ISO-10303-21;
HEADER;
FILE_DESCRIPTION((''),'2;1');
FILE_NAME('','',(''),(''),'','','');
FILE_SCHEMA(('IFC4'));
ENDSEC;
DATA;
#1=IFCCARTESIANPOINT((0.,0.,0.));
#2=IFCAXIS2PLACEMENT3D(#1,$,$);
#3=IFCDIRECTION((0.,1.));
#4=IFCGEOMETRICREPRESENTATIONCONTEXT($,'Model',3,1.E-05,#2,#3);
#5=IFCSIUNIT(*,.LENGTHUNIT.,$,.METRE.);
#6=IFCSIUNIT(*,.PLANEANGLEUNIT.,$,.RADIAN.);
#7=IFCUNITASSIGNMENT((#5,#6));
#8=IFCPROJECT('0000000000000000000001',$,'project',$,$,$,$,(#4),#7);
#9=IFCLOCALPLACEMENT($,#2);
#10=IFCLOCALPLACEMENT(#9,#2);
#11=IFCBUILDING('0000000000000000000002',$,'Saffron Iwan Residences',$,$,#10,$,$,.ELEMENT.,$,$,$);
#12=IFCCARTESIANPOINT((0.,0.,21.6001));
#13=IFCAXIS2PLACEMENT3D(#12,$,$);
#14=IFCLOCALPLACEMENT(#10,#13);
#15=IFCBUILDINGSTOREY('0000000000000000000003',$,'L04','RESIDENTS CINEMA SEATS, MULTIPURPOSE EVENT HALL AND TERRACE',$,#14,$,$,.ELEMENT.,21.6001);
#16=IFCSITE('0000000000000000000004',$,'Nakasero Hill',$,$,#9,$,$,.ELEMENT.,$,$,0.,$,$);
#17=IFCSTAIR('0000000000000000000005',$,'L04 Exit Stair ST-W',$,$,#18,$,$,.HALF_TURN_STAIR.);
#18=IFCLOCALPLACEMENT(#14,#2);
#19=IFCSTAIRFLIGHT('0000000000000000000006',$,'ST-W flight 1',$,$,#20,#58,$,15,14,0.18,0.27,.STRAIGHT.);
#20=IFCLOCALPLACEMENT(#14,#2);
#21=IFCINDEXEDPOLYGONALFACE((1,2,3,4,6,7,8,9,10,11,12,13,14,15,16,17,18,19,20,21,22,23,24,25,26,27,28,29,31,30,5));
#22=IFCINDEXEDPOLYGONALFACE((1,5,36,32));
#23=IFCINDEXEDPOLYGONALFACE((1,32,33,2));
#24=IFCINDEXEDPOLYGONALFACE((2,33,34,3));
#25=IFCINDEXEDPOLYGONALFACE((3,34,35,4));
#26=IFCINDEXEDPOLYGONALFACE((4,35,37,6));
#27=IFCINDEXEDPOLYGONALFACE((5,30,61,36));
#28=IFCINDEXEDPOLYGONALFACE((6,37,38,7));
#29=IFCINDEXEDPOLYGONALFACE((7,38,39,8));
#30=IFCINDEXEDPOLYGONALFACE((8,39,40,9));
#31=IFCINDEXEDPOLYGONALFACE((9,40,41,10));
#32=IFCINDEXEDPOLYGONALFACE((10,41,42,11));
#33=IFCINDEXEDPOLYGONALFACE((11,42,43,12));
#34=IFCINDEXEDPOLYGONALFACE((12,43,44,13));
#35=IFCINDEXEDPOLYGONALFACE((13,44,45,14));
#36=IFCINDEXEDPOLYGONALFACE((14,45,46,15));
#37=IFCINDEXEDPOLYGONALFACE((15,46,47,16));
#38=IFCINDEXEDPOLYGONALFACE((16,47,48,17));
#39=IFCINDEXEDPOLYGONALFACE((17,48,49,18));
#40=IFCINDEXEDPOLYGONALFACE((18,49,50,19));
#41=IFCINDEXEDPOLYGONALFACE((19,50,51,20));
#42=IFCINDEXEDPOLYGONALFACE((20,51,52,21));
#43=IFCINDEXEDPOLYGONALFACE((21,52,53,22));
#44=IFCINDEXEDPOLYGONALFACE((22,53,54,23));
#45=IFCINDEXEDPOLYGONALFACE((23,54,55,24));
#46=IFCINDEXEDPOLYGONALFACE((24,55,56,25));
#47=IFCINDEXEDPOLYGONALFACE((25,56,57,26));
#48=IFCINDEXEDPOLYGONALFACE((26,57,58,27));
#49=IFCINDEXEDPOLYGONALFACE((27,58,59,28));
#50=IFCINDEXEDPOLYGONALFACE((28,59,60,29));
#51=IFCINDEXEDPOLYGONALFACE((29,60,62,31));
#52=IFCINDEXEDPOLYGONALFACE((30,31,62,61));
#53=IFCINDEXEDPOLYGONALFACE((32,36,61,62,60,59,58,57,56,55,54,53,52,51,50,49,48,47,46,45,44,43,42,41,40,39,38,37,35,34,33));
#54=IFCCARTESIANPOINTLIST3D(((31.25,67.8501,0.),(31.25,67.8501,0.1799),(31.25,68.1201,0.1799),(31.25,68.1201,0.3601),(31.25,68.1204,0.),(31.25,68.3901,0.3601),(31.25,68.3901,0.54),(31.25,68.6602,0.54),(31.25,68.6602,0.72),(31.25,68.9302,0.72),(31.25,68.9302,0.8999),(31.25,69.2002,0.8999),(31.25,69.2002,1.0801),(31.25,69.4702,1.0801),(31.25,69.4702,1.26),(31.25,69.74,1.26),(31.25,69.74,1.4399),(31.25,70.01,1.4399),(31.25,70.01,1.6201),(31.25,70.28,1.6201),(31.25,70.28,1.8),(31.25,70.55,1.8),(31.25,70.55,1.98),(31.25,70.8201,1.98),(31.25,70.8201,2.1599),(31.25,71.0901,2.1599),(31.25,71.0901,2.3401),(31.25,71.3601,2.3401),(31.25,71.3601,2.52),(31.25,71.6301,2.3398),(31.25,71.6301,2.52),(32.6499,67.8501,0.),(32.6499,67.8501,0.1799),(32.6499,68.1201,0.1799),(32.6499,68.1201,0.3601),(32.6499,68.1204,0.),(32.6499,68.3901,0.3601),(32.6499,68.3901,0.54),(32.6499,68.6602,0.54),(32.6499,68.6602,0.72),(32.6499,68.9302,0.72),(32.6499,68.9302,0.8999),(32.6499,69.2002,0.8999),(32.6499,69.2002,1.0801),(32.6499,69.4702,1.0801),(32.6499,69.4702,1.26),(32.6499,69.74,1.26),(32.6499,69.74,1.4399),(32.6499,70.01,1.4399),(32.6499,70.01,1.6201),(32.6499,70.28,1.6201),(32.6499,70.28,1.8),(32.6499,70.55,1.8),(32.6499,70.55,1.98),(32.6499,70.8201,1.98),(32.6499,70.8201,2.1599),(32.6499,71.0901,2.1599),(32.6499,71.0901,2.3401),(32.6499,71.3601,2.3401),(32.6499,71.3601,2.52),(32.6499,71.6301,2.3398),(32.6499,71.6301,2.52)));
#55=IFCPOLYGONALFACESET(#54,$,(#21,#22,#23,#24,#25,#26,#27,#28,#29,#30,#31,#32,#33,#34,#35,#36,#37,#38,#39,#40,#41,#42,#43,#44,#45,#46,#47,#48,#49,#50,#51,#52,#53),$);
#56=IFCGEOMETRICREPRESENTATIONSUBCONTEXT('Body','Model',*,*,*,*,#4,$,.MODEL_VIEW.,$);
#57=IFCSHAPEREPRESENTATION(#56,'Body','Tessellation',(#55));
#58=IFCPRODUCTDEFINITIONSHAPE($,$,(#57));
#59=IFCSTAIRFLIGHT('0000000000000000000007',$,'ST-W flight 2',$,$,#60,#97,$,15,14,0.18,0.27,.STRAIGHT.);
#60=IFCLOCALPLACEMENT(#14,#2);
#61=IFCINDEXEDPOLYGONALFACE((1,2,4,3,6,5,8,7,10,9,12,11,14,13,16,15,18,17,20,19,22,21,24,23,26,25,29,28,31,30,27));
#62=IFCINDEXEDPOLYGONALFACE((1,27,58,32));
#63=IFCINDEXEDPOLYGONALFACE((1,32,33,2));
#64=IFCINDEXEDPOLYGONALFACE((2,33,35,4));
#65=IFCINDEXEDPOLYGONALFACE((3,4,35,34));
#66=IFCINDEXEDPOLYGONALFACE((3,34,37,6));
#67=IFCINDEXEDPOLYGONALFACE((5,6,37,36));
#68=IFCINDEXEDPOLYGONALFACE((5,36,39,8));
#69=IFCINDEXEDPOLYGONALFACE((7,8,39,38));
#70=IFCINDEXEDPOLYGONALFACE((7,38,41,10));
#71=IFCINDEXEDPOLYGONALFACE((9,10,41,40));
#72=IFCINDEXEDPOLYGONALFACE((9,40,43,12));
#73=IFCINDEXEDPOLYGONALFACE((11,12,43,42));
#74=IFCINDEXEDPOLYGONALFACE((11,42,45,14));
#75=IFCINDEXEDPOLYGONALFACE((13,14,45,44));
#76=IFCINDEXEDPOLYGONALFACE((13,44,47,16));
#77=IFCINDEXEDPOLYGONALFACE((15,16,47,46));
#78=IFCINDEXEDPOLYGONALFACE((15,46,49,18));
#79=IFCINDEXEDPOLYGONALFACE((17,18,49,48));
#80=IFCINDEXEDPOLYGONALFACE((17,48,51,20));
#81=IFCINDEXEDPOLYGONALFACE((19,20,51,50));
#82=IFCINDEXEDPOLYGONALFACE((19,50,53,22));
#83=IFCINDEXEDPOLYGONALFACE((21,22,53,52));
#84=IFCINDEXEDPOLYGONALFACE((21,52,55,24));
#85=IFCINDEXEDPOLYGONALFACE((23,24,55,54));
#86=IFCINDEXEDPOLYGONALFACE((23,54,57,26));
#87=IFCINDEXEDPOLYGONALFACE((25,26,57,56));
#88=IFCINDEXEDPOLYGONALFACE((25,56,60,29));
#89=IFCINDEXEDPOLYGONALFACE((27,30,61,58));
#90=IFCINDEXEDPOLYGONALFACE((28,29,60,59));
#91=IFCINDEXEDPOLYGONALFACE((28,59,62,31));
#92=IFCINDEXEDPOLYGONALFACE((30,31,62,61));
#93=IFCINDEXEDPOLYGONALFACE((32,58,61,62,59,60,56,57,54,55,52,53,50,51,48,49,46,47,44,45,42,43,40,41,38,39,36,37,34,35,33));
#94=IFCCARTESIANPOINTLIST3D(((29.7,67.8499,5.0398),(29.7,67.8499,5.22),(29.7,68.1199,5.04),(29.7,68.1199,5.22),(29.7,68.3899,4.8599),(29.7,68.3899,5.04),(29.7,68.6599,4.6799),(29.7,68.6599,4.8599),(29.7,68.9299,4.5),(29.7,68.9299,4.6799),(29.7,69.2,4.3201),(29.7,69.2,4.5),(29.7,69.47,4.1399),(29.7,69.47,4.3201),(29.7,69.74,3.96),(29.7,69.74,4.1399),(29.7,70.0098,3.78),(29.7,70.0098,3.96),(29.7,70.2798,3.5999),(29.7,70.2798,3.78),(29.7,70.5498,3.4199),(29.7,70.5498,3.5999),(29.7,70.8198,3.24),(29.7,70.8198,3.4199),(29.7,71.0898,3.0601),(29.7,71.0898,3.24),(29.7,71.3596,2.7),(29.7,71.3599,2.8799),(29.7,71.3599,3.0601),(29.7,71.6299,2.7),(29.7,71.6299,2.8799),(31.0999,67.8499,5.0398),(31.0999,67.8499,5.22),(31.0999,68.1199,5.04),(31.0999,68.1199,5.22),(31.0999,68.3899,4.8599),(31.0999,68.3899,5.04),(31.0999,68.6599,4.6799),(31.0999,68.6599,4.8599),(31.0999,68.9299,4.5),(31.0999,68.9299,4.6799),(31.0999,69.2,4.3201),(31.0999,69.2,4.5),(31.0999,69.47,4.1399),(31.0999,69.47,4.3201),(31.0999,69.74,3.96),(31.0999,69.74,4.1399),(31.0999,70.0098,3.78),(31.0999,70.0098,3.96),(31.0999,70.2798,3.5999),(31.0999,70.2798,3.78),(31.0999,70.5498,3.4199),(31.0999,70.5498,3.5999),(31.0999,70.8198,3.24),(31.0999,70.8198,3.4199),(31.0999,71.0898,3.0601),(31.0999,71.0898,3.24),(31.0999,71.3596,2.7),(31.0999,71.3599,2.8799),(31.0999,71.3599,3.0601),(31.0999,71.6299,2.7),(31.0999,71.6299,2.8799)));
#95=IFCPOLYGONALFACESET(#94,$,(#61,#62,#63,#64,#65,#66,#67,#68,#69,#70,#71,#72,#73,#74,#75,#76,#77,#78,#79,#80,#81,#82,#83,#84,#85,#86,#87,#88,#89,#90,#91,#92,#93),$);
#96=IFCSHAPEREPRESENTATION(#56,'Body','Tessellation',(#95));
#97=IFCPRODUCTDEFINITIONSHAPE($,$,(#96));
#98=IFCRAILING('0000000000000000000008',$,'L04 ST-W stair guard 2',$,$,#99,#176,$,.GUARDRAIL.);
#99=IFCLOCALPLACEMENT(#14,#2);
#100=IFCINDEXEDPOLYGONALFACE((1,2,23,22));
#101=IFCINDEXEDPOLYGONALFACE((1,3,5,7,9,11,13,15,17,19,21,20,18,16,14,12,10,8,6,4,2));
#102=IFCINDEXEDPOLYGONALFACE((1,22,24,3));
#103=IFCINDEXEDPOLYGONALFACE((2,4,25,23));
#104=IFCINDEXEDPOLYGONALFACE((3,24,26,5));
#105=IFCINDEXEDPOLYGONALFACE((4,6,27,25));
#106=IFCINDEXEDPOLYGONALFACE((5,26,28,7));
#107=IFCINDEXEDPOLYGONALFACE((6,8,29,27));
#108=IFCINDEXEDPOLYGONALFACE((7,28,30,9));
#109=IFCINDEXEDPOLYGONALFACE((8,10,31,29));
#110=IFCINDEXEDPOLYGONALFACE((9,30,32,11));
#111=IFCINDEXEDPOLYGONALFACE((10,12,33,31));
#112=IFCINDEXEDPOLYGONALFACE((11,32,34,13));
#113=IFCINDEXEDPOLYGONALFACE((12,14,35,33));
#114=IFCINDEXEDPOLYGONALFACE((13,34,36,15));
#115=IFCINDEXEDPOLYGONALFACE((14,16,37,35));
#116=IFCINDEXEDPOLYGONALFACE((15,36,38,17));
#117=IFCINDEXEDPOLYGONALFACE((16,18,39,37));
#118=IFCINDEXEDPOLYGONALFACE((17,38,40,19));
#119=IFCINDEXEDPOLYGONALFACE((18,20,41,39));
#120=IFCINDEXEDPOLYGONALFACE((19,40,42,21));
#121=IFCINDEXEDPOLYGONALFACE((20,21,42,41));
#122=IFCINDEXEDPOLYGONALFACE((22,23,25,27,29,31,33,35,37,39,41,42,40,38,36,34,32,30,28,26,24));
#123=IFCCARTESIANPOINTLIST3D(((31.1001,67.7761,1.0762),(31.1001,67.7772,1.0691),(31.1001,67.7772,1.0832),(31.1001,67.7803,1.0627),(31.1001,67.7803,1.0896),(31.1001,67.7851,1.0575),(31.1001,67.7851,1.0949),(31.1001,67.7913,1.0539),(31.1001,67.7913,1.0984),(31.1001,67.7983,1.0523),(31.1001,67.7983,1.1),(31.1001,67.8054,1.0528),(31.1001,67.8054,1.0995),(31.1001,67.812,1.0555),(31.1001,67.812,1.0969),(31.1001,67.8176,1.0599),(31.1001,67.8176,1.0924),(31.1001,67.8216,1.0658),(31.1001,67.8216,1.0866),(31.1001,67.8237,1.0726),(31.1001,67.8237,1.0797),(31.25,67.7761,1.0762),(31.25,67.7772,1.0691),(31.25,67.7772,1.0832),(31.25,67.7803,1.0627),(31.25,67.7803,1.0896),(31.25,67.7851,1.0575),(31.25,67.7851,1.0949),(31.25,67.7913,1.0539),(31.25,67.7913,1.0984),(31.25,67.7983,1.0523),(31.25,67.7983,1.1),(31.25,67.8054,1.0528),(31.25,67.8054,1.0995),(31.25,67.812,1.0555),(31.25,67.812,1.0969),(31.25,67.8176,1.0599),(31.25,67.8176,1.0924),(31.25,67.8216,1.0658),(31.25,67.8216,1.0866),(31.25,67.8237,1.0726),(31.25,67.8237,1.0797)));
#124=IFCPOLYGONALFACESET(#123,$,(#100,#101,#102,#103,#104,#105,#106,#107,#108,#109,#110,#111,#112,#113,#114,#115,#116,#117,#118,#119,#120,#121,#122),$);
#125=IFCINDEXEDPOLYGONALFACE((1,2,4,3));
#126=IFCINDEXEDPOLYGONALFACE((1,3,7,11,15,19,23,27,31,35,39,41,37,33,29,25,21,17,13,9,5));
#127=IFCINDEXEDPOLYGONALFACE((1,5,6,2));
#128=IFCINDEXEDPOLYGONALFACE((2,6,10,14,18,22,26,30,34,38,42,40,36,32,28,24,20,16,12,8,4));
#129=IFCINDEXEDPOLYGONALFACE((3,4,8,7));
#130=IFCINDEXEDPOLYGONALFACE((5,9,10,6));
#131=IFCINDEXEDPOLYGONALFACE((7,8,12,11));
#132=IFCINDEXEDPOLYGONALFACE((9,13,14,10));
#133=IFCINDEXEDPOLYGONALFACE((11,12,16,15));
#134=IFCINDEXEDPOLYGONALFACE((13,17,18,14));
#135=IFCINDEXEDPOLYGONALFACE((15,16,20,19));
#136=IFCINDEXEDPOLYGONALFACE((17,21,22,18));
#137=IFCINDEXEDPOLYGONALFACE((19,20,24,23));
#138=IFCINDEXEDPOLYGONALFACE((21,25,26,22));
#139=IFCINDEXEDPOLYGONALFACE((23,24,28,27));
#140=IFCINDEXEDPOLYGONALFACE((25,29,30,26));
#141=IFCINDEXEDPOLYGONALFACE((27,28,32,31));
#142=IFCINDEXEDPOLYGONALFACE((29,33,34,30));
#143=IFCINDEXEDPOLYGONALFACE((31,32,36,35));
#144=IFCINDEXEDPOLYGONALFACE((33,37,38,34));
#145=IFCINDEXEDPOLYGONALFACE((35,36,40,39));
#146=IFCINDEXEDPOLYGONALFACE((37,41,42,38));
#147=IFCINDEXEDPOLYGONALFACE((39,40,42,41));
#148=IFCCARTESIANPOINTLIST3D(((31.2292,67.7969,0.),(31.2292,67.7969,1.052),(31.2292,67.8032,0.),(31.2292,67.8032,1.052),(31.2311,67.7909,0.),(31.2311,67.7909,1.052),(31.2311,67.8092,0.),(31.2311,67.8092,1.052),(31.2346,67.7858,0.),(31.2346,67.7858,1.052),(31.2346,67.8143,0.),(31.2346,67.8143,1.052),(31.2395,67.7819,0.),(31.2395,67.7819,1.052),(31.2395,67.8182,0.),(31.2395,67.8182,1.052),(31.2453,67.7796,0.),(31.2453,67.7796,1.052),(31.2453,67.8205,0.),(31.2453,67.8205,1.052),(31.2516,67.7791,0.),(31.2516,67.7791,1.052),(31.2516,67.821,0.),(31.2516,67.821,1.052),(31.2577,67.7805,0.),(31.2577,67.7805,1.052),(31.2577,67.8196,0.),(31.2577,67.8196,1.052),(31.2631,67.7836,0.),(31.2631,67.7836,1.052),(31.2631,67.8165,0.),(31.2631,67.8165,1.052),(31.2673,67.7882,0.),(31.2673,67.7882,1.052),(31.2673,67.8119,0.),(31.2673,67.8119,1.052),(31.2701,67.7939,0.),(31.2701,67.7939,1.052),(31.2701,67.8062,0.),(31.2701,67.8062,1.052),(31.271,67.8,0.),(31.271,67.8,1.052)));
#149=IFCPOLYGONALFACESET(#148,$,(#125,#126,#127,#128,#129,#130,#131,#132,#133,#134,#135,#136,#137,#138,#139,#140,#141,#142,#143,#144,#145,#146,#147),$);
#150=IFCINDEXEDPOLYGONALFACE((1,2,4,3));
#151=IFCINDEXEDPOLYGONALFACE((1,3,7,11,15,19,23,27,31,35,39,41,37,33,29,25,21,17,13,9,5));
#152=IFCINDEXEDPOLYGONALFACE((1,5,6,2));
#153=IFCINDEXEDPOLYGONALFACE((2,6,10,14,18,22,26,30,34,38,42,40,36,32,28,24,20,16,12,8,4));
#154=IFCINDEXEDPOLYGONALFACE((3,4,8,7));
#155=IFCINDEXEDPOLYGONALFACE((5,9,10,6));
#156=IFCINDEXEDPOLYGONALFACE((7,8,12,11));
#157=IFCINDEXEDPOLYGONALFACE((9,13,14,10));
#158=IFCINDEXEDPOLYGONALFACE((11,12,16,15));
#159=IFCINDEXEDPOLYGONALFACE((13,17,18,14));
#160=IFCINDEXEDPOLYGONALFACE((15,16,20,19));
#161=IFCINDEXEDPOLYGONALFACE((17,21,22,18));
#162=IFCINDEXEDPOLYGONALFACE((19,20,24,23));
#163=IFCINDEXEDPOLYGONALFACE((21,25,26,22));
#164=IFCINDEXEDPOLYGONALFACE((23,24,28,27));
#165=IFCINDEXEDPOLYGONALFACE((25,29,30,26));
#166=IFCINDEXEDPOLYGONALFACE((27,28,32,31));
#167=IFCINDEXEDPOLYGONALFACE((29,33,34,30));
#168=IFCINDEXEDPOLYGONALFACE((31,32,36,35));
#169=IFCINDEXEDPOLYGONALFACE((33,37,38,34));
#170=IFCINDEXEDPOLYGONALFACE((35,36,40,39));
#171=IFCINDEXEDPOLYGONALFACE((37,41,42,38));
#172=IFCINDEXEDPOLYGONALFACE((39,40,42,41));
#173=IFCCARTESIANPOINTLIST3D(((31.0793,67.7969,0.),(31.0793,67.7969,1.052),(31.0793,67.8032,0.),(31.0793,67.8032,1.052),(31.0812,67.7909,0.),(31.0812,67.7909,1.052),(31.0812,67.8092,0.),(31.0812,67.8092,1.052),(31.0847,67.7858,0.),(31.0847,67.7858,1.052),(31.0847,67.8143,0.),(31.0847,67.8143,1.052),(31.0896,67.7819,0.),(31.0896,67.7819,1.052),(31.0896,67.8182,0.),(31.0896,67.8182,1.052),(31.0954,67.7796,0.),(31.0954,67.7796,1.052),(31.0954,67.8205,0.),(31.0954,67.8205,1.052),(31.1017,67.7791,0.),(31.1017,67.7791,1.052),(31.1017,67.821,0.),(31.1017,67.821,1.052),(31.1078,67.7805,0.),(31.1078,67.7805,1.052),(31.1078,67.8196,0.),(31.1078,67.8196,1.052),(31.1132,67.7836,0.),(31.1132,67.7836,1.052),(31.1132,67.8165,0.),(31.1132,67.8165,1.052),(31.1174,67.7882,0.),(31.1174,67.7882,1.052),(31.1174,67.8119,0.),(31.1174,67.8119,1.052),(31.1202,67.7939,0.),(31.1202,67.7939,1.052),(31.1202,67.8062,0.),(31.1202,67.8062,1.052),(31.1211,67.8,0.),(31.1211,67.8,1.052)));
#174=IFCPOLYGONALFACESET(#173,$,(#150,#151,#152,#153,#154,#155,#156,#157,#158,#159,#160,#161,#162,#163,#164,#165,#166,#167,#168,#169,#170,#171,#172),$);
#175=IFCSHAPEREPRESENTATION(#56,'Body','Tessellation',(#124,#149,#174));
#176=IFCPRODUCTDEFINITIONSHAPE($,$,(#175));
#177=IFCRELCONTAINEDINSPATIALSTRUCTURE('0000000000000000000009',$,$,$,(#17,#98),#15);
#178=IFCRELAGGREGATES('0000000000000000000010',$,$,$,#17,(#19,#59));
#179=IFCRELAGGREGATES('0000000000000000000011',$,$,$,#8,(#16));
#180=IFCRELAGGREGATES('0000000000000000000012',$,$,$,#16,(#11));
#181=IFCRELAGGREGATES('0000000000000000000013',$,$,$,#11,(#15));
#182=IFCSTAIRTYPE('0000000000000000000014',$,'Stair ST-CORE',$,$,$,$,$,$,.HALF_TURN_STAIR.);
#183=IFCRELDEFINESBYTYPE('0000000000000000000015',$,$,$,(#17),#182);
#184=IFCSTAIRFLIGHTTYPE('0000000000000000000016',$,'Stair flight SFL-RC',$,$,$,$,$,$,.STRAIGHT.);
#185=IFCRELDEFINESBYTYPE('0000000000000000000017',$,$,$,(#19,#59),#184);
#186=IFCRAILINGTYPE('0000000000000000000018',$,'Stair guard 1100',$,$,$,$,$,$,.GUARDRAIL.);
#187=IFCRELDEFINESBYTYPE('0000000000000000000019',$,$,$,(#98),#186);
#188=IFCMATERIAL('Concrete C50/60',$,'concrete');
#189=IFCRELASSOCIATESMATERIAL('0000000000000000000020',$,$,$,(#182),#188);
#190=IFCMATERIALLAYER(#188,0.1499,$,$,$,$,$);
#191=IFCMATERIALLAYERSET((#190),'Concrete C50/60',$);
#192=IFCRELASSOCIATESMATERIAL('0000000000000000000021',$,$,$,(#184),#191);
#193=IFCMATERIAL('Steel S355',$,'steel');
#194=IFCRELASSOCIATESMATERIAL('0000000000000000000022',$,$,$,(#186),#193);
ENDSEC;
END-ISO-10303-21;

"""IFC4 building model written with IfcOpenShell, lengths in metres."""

from ifc_helpers import new_model, si_unit, direction, frame, origin, origin_2d, place, context, subcontext, project, spatial, polyline, circle, outline, extrude, material, layer, layer_set, type_object, element, aggregate, save


model = new_model("IFC4")

# Units and contexts
model_context = context("Model", 3, precision=1e-05, world=origin(), true_north=direction((0.0, 1.0)))
body_context = subcontext(model_context, "Body", "Model", "MODEL_VIEW")
ifc_project = project(units=[si_unit("LENGTHUNIT", "METRE"), si_unit("PLANEANGLEUNIT", "RADIAN")], contexts=[model_context])

# Site, building, storey
site_placement = place(None, origin())
site = spatial("IfcSite", under=ifc_project, at=site_placement, Name="Nakasero Hill", CompositionType="ELEMENT", RefElevation=0.0)
building_placement = place(site_placement, origin())
building = spatial("IfcBuilding", under=site, at=building_placement, Name="Saffron Iwan Residences", CompositionType="ELEMENT")
storey_placement = place(building_placement, frame((0.0, 0.0, 21.6001)))
storey = spatial("IfcBuildingStorey", under=building, at=storey_placement, Name="L04", Description="RESIDENTS CINEMA SEATS, MULTIPURPOSE EVENT HALL AND TERRACE", CompositionType="ELEMENT", Elevation=21.6001)

# Stair, stair flights
ifc_material_1 = material(Name="Concrete C50/60", Category="concrete")
stair_type = type_object("IfcStairType", Name="Stair ST-CORE", PredefinedType="HALF_TURN_STAIR", material=ifc_material_1)
stair_placement = place(storey_placement, origin())
stair = element("IfcStair", 1, at=stair_placement, inside=storey, type_object=stair_type, Name="L04 Exit Stair ST-W", PredefinedType="HALF_TURN_STAIR")
ifc_layer_1 = layer(ifc_material_1, 0.1499)
ifc_layer_set_1 = layer_set([ifc_layer_1], Name="Concrete C50/60")
stair_flight_type = type_object("IfcStairFlightType", Name="Stair flight SFL-RC", PredefinedType="STRAIGHT", material=ifc_layer_set_1)
stair_flight_1_placement = place(storey_placement, frame((31.95, 67.8501, 0.0), z_axis=(0.0, 0.0, 1.0), x_axis=(0.0, 1.0, 0.0)))
stair_flight_1 = element("IfcStairFlight", 2, at=stair_flight_1_placement, type_object=stair_flight_type, Name="ST-W flight 1", NumberOfRisers=15, NumberOfTreads=14, PredefinedType="STRAIGHT", RiserHeight=0.18, TreadLength=0.27, context=body_context, shape_type="SweptSolid", body=[
    extrude(outline(polyline([(0.0, 0.0), (0.0, 0.1799), (0.27, 0.1799), (0.27, 0.3601), (0.54, 0.3601), (0.54, 0.54), (0.8101, 0.54), (0.8101, 0.72), (1.0801, 0.72), (1.0801, 0.8999), (1.3501, 0.8999), (1.3501, 1.0801), (1.6201, 1.0801), (1.6201, 1.26), (1.8899, 1.26), (1.8899, 1.4399), (2.1599, 1.4399), (2.1599, 1.6201), (2.4299, 1.6201), (2.4299, 1.8), (2.7, 1.8), (2.7, 1.98), (2.97, 1.98), (2.97, 2.1599), (3.24, 2.1599), (3.24, 2.3401), (3.51, 2.3401), (3.51, 2.52), (3.78, 2.52), (3.78, 2.7), (3.78, 2.3398), (0.2703, 0.0), (0.0, 0.0)])), frame((0.0, 0.7, 0.0), z_axis=(0.0, -1.0, 0.0), x_axis=(1.0, 0.0, 0.0)), (0.0, 0.0, 1.0), 1.3999),
])
stair_flight_2_placement = place(storey_placement, frame((30.3999, 71.6299, 2.7), z_axis=(0.0, 0.0, 1.0), x_axis=(0.0, -1.0, 0.0)))
stair_flight_2 = element("IfcStairFlight", 3, at=stair_flight_2_placement, type_object=stair_flight_type, Name="ST-W flight 2", NumberOfRisers=15, NumberOfTreads=14, PredefinedType="STRAIGHT", RiserHeight=0.18, TreadLength=0.27, context=body_context, shape_type="SweptSolid", body=[
    extrude(outline(polyline([(0.0, 0.0), (0.0, 0.1799), (0.27, 0.1799), (0.27, 0.3601), (0.54, 0.3601), (0.54, 0.54), (0.8101, 0.54), (0.8101, 0.72), (1.0801, 0.72), (1.0801, 0.8999), (1.3501, 0.8999), (1.3501, 1.0801), (1.6201, 1.0801), (1.6201, 1.26), (1.8899, 1.26), (1.8899, 1.4399), (2.1599, 1.4399), (2.1599, 1.6201), (2.4299, 1.6201), (2.4299, 1.8), (2.7, 1.8), (2.7, 1.98), (2.97, 1.98), (2.97, 2.1599), (3.24, 2.1599), (3.24, 2.3401), (3.51, 2.3401), (3.51, 2.52), (3.78, 2.52), (3.78, 2.7), (3.78, 2.3398), (0.2703, 0.0), (0.0, 0.0)])), frame((0.0, 0.7, 0.0), z_axis=(0.0, -1.0, 0.0), x_axis=(1.0, 0.0, 0.0)), (0.0, 0.0, 1.0), 1.3999),
])
aggregate(stair, [stair_flight_1, stair_flight_2])

# Railing
ifc_material_2 = material(Name="Steel S355", Category="steel")
railing_type_1 = type_object("IfcRailingType", Name="Stair guard 1100", PredefinedType="GUARDRAIL", material=ifc_material_2)
railing_1_placement = place(storey_placement, frame((31.25, 67.8, 0.0)))
element("IfcRailing", 4, at=railing_1_placement, inside=storey, type_object=railing_type_1, Name="L04 ST-W stair guard 2", PredefinedType="GUARDRAIL", context=body_context, shape_type="SweptSolid", body=[
    extrude(circle(Radius=0.0239, at=origin_2d()), frame((0.0, 0.0, 1.0762), z_axis=(-1.0, 0.0, 0.0), x_axis=(0.0, -1.0, 0.0)), (0.0, 0.0, 1.0), 0.1499),
    extrude(circle(Radius=0.021, at=origin_2d()), origin(), (0.0, 0.0, 1.0), 1.052),
    extrude(circle(Radius=0.021, at=origin_2d()), frame((-0.1499, 0.0, 0.0)), (0.0, 0.0, 1.0), 1.052),
])

save(model, "model.ifc")
